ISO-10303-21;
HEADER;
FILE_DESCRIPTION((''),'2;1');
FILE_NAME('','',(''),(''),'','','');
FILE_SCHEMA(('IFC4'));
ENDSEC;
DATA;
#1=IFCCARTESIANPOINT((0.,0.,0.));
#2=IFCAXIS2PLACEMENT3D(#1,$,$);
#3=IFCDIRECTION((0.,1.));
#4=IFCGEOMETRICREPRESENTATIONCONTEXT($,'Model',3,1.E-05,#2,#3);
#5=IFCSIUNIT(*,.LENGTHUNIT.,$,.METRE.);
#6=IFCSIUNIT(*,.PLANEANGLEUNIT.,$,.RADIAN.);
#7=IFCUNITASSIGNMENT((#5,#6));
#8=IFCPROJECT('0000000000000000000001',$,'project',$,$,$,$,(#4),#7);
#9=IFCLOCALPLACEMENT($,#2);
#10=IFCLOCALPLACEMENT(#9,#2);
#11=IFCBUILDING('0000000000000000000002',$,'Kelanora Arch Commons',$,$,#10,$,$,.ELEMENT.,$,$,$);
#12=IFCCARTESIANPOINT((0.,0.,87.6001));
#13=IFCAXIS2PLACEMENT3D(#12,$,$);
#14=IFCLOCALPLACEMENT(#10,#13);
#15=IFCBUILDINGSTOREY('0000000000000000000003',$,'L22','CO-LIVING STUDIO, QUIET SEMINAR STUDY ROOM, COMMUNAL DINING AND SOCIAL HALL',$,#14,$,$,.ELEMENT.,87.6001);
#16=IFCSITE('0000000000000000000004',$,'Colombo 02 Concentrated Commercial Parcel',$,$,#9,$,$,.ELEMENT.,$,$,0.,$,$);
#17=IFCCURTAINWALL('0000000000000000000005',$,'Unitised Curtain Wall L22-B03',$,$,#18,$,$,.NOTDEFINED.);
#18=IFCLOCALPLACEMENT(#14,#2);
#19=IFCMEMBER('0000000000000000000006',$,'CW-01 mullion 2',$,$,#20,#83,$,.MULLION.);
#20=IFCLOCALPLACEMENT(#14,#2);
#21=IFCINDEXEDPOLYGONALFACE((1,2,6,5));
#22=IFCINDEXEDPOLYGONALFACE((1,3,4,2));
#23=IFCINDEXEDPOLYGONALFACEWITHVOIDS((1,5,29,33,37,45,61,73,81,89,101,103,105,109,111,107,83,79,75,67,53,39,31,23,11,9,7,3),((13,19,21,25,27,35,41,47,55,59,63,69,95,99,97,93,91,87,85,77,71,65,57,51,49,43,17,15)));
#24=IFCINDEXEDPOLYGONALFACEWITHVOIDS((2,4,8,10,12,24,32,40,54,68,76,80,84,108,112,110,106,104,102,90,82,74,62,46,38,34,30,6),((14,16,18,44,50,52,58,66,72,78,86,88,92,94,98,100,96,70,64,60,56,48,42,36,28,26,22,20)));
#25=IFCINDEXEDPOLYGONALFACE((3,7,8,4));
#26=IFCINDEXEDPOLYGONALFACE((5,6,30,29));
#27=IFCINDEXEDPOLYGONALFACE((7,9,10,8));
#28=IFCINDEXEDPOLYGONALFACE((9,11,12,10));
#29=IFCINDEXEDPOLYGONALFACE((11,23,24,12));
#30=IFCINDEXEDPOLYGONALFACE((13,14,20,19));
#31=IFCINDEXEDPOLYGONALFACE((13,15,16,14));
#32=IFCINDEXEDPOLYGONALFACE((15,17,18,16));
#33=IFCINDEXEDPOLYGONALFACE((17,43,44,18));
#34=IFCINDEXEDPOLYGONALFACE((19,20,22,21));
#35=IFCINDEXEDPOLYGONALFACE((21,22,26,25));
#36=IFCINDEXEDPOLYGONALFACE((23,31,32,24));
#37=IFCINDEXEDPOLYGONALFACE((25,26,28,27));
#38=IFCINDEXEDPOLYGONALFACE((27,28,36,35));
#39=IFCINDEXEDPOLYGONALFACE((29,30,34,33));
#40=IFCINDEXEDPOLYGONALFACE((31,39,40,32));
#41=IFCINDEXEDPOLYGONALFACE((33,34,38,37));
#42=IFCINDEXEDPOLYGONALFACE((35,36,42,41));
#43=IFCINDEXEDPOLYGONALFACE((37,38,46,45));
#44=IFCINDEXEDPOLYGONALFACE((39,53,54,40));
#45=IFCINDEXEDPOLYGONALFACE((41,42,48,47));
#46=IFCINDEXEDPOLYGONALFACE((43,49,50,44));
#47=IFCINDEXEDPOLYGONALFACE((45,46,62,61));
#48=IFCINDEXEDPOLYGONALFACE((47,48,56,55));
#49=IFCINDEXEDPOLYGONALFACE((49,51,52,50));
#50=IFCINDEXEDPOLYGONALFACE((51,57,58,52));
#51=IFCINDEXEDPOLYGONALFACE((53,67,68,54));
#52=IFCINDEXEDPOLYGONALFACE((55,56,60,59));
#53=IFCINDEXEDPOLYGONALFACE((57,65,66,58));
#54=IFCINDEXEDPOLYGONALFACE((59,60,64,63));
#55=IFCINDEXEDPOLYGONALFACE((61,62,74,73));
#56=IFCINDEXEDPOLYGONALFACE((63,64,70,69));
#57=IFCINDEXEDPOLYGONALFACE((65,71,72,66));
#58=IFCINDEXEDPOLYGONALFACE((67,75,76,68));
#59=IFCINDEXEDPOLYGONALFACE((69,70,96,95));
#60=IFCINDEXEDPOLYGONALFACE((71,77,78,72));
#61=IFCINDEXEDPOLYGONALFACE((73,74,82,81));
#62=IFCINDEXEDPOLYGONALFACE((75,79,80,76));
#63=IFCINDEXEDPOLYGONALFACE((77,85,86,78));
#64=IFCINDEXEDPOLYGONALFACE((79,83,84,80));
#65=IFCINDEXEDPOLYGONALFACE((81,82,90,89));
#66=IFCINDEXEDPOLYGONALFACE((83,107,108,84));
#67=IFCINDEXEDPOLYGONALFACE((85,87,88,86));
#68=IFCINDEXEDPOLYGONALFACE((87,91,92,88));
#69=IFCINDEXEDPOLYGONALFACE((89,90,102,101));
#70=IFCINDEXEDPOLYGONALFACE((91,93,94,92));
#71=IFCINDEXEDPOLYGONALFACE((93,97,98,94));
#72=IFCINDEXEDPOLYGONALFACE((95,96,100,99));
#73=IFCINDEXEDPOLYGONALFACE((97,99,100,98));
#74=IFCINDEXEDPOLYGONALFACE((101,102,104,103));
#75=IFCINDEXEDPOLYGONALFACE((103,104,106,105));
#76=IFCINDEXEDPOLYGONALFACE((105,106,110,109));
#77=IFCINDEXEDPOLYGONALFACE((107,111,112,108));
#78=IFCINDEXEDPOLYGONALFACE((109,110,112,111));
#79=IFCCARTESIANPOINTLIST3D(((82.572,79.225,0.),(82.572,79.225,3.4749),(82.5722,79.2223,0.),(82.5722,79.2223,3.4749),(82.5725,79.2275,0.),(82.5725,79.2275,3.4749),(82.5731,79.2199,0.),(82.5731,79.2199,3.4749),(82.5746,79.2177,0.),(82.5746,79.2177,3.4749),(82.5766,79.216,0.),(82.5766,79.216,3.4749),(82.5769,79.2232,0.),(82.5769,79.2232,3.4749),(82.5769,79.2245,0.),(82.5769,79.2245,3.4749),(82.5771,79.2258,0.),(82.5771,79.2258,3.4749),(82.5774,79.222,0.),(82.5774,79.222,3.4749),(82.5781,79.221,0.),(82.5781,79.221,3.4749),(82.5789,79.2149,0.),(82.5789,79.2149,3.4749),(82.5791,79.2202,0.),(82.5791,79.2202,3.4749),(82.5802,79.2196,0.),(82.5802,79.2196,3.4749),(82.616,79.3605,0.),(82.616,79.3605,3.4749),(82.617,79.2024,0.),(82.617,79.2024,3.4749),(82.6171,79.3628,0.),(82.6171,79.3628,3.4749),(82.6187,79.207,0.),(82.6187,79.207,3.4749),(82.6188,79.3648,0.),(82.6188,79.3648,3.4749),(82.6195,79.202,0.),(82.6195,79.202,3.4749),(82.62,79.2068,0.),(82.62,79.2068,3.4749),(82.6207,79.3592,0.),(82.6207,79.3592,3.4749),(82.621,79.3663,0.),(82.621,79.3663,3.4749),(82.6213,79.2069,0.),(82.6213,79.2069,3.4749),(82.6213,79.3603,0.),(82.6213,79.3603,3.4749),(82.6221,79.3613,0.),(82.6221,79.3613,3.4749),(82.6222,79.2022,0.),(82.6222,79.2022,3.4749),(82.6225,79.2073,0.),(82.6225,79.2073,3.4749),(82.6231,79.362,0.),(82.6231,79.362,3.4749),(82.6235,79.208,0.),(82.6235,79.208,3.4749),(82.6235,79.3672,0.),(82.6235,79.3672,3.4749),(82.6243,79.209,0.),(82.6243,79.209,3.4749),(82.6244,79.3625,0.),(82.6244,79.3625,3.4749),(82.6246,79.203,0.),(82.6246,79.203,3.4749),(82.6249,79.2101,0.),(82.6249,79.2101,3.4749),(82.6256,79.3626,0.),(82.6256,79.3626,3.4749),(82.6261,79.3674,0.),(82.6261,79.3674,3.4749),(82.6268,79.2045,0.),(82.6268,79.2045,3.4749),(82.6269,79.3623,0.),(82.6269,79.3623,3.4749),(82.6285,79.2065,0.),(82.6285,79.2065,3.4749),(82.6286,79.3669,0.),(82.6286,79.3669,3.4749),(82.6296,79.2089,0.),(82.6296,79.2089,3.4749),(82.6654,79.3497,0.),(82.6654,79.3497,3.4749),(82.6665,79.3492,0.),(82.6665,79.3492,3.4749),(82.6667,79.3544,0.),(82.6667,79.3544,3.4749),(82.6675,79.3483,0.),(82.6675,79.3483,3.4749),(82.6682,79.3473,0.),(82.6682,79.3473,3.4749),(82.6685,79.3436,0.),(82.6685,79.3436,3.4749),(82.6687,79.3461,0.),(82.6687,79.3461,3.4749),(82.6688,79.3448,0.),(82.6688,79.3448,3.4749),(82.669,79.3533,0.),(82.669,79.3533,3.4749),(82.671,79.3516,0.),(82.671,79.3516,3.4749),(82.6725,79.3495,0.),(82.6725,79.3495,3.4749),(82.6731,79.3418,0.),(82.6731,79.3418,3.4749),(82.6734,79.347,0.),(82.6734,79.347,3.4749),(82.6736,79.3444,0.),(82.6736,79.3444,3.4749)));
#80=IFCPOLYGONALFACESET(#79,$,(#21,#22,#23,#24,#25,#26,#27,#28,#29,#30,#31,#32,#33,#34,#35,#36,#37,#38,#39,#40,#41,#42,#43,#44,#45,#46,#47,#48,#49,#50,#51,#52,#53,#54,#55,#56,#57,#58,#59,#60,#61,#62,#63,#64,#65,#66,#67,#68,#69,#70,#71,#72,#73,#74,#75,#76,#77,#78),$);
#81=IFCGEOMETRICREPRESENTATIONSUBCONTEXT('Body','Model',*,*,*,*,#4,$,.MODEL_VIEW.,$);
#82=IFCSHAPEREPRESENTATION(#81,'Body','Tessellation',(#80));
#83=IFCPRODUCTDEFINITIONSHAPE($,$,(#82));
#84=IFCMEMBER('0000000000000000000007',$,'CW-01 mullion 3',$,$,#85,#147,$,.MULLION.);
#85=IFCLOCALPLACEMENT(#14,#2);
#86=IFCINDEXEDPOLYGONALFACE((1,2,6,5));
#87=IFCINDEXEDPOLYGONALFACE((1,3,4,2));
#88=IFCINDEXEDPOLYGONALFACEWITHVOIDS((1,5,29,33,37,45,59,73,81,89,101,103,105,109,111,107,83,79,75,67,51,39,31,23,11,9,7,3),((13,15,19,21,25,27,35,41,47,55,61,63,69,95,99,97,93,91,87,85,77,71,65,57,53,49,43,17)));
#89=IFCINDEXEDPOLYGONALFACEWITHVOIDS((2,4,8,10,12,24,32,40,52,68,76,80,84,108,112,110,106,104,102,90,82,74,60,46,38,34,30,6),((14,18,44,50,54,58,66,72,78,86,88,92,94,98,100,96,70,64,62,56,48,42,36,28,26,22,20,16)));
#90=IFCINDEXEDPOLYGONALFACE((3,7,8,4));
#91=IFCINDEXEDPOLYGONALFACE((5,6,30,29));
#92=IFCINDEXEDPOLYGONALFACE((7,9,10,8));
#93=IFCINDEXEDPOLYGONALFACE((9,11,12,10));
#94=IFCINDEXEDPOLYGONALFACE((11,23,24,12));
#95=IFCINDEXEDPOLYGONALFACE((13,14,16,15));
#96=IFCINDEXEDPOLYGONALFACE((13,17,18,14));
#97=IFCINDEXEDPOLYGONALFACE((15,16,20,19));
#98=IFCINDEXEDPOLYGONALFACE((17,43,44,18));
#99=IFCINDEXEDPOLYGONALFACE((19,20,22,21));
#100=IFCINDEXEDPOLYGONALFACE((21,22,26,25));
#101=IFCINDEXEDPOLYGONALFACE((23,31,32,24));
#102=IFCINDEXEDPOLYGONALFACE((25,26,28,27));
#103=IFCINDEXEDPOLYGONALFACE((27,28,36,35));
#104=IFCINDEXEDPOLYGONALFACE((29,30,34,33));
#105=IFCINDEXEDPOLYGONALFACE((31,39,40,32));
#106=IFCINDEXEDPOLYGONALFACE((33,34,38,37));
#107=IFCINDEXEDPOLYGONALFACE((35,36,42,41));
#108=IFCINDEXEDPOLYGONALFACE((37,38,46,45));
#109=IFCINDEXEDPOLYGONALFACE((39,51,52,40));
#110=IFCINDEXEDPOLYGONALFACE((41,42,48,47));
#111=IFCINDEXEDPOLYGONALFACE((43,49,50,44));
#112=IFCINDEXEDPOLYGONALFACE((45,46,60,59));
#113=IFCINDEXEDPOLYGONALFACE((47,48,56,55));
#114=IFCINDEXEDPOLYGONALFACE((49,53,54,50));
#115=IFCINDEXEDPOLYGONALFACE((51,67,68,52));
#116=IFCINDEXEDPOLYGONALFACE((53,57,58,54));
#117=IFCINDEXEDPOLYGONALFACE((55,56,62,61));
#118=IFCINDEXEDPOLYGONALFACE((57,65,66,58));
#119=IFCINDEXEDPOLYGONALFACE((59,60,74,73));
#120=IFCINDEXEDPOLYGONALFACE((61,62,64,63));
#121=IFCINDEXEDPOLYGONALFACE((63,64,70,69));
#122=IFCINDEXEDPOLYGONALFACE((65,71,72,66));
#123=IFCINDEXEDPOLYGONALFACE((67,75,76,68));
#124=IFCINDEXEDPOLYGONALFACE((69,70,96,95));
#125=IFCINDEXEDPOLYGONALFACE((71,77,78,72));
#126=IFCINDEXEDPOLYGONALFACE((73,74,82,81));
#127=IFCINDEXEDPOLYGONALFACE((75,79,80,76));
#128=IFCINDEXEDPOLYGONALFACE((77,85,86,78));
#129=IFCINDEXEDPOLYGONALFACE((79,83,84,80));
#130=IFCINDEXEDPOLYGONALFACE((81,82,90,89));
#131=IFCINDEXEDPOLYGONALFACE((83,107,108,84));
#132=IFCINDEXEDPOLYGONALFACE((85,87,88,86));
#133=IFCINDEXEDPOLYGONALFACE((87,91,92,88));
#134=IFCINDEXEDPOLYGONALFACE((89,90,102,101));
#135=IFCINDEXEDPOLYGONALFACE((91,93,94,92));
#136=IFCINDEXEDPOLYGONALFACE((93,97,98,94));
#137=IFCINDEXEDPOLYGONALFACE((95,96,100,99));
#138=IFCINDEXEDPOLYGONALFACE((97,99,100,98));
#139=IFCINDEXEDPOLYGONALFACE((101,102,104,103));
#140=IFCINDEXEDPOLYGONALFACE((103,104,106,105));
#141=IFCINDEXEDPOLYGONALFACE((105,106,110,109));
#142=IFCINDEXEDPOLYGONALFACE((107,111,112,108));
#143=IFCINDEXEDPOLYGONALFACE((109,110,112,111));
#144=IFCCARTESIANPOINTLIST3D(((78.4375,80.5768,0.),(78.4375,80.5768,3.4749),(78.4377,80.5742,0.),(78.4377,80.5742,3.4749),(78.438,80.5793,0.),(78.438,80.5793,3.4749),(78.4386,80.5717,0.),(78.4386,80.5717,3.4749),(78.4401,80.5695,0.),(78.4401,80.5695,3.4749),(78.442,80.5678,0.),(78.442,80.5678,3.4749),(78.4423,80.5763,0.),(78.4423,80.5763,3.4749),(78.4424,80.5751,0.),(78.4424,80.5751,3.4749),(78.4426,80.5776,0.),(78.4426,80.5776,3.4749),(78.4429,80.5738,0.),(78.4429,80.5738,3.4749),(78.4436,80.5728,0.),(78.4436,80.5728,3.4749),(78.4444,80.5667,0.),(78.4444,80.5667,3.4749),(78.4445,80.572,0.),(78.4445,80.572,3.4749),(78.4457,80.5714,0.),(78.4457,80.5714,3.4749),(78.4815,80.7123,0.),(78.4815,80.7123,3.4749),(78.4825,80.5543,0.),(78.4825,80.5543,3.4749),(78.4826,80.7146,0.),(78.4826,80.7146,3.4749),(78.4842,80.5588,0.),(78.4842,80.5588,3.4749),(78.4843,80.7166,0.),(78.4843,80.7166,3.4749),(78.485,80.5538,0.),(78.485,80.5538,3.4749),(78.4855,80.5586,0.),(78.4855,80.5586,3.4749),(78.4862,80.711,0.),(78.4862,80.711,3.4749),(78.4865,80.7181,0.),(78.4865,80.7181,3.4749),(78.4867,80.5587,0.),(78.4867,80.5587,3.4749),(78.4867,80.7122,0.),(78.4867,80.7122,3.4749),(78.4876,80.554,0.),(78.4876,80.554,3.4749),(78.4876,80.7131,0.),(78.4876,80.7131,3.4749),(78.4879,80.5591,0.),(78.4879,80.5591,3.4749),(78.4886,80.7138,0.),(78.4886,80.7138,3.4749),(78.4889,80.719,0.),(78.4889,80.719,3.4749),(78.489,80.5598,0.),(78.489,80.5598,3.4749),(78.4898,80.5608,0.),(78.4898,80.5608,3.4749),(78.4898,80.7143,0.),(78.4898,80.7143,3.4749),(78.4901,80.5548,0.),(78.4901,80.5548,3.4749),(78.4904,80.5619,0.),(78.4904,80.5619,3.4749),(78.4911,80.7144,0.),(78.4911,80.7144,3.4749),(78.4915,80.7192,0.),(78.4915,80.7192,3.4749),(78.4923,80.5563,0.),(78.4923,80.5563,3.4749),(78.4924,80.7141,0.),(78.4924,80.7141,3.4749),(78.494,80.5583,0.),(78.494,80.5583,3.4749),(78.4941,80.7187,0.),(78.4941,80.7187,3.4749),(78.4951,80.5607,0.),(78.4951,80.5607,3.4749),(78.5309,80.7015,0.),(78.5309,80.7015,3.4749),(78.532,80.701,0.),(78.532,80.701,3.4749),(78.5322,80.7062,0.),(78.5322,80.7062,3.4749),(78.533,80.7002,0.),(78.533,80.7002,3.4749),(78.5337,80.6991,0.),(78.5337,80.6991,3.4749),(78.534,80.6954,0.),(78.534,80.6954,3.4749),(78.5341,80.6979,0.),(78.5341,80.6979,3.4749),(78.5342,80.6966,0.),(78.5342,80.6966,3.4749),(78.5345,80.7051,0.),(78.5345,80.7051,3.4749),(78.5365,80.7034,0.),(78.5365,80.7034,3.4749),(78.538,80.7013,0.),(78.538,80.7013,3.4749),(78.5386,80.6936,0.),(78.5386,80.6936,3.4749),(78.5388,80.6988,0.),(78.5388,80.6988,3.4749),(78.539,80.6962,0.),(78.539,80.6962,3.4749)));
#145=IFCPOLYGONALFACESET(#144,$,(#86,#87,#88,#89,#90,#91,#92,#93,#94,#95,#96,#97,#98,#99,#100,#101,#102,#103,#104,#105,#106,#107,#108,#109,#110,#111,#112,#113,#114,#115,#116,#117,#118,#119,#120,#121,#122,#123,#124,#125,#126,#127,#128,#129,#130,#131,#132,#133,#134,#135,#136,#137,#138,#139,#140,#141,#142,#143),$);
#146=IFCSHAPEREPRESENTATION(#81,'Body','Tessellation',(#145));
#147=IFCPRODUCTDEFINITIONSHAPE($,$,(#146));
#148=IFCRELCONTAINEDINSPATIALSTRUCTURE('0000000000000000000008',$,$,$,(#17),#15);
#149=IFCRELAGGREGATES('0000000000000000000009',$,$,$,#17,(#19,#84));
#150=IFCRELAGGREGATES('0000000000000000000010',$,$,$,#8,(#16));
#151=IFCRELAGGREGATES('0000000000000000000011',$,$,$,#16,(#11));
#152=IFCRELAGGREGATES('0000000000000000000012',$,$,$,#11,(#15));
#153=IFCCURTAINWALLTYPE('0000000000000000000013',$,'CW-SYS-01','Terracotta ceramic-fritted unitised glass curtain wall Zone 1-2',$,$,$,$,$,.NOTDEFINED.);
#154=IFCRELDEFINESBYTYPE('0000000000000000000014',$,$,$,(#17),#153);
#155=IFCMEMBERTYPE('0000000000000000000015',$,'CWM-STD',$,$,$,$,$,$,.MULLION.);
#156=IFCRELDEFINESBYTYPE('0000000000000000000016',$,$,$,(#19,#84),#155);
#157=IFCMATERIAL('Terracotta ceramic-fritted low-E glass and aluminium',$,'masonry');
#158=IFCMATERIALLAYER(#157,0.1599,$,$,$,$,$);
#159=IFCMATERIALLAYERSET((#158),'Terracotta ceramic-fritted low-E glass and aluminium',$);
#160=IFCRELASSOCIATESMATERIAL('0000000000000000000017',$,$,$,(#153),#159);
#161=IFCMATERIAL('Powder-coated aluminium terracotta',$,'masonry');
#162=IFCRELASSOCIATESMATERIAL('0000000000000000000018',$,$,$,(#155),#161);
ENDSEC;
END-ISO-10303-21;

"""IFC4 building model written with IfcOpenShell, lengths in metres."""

from ifc_helpers import new_model, si_unit, direction, frame, origin, origin_2d, place, context, subcontext, project, spatial, hollow_rectangle, extrude, material, layer, layer_set, material_profile, profile_set, type_object, element, aggregate, save


model = new_model("IFC4")

# Units and contexts
model_context = context("Model", 3, precision=1e-05, world=origin(), true_north=direction((0.0, 1.0)))
body_context = subcontext(model_context, "Body", "Model", "MODEL_VIEW")
ifc_project = project(units=[si_unit("LENGTHUNIT", "METRE"), si_unit("PLANEANGLEUNIT", "RADIAN")], contexts=[model_context])

# Site, building, storey
site_placement = place(None, origin())
site = spatial("IfcSite", under=ifc_project, at=site_placement, Name="Colombo 02 Concentrated Commercial Parcel", CompositionType="ELEMENT", RefElevation=0.0)
building_placement = place(site_placement, origin())
building = spatial("IfcBuilding", under=site, at=building_placement, Name="Kelanora Arch Commons", CompositionType="ELEMENT")
storey_placement = place(building_placement, frame((0.0, 0.0, 87.6001)))
storey = spatial("IfcBuildingStorey", under=building, at=storey_placement, Name="L22", Description="CO-LIVING STUDIO, QUIET SEMINAR STUDY ROOM, COMMUNAL DINING AND SOCIAL HALL", CompositionType="ELEMENT", Elevation=87.6001)

# Curtain wall, members
ifc_material_1 = material(Name="Terracotta ceramic-fritted low-E glass and aluminium", Category="masonry")
ifc_layer_1 = layer(ifc_material_1, 0.1599)
ifc_layer_set_1 = layer_set([ifc_layer_1], Name="Terracotta ceramic-fritted low-E glass and aluminium")
curtain_wall_type = type_object("IfcCurtainWallType", Name="CW-SYS-01", Description="Terracotta ceramic-fritted unitised glass curtain wall Zone 1-2", PredefinedType="NOTDEFINED", material=ifc_layer_set_1)
curtain_wall_placement = place(storey_placement, origin())
curtain_wall = element("IfcCurtainWall", 1, at=curtain_wall_placement, inside=storey, type_object=curtain_wall_type, Name="Unitised Curtain Wall L22-B03", PredefinedType="NOTDEFINED")
ifc_material_2 = material(Name="Powder-coated aluminium terracotta", Category="masonry")
ifc_material_profile_1 = material_profile(ifc_material_2, hollow_rectangle(XDim=0.1599, YDim=0.0601, WallThickness=0.0049, InnerFilletRadius=0.0049, OuterFilletRadius=0.01, at=origin_2d()), Name="CWM160x60")
ifc_profile_set_1 = profile_set([ifc_material_profile_1], Name="Powder-coated aluminium terracotta")
member_type_1 = type_object("IfcMemberType", Name="CWM-STD", PredefinedType="MULLION", material=ifc_profile_set_1)
member_1_placement = place(storey_placement, frame((82.6228, 79.2847, 0.0), z_axis=(0.0, 0.0, 1.0), x_axis=(-0.310805, -0.950474, 0.0)))
member_1 = element("IfcMember", 2, at=member_1_placement, type_object=member_type_1, Name="CW-01 mullion 2", PredefinedType="MULLION", context=body_context, shape_type="SweptSolid", body=[
    extrude(hollow_rectangle(XDim=0.1599, YDim=0.0601, WallThickness=0.0049, InnerFilletRadius=0.0049, OuterFilletRadius=0.01, at=origin_2d()), origin(), (0.0, 0.0, 1.0), 3.4749),
])
member_2_placement = place(storey_placement, frame((78.4883, 80.6365, 0.0), z_axis=(0.0, 0.0, 1.0), x_axis=(-0.310805, -0.950474, 0.0)))
member_2 = element("IfcMember", 3, at=member_2_placement, type_object=member_type_1, Name="CW-01 mullion 3", PredefinedType="MULLION", context=body_context, shape_type="SweptSolid", body=[
    extrude(hollow_rectangle(XDim=0.1599, YDim=0.0601, WallThickness=0.0049, InnerFilletRadius=0.0049, OuterFilletRadius=0.01, at=origin_2d()), origin(), (0.0, 0.0, 1.0), 3.4749),
])
aggregate(curtain_wall, [member_1, member_2])

save(model, "model.ifc")
